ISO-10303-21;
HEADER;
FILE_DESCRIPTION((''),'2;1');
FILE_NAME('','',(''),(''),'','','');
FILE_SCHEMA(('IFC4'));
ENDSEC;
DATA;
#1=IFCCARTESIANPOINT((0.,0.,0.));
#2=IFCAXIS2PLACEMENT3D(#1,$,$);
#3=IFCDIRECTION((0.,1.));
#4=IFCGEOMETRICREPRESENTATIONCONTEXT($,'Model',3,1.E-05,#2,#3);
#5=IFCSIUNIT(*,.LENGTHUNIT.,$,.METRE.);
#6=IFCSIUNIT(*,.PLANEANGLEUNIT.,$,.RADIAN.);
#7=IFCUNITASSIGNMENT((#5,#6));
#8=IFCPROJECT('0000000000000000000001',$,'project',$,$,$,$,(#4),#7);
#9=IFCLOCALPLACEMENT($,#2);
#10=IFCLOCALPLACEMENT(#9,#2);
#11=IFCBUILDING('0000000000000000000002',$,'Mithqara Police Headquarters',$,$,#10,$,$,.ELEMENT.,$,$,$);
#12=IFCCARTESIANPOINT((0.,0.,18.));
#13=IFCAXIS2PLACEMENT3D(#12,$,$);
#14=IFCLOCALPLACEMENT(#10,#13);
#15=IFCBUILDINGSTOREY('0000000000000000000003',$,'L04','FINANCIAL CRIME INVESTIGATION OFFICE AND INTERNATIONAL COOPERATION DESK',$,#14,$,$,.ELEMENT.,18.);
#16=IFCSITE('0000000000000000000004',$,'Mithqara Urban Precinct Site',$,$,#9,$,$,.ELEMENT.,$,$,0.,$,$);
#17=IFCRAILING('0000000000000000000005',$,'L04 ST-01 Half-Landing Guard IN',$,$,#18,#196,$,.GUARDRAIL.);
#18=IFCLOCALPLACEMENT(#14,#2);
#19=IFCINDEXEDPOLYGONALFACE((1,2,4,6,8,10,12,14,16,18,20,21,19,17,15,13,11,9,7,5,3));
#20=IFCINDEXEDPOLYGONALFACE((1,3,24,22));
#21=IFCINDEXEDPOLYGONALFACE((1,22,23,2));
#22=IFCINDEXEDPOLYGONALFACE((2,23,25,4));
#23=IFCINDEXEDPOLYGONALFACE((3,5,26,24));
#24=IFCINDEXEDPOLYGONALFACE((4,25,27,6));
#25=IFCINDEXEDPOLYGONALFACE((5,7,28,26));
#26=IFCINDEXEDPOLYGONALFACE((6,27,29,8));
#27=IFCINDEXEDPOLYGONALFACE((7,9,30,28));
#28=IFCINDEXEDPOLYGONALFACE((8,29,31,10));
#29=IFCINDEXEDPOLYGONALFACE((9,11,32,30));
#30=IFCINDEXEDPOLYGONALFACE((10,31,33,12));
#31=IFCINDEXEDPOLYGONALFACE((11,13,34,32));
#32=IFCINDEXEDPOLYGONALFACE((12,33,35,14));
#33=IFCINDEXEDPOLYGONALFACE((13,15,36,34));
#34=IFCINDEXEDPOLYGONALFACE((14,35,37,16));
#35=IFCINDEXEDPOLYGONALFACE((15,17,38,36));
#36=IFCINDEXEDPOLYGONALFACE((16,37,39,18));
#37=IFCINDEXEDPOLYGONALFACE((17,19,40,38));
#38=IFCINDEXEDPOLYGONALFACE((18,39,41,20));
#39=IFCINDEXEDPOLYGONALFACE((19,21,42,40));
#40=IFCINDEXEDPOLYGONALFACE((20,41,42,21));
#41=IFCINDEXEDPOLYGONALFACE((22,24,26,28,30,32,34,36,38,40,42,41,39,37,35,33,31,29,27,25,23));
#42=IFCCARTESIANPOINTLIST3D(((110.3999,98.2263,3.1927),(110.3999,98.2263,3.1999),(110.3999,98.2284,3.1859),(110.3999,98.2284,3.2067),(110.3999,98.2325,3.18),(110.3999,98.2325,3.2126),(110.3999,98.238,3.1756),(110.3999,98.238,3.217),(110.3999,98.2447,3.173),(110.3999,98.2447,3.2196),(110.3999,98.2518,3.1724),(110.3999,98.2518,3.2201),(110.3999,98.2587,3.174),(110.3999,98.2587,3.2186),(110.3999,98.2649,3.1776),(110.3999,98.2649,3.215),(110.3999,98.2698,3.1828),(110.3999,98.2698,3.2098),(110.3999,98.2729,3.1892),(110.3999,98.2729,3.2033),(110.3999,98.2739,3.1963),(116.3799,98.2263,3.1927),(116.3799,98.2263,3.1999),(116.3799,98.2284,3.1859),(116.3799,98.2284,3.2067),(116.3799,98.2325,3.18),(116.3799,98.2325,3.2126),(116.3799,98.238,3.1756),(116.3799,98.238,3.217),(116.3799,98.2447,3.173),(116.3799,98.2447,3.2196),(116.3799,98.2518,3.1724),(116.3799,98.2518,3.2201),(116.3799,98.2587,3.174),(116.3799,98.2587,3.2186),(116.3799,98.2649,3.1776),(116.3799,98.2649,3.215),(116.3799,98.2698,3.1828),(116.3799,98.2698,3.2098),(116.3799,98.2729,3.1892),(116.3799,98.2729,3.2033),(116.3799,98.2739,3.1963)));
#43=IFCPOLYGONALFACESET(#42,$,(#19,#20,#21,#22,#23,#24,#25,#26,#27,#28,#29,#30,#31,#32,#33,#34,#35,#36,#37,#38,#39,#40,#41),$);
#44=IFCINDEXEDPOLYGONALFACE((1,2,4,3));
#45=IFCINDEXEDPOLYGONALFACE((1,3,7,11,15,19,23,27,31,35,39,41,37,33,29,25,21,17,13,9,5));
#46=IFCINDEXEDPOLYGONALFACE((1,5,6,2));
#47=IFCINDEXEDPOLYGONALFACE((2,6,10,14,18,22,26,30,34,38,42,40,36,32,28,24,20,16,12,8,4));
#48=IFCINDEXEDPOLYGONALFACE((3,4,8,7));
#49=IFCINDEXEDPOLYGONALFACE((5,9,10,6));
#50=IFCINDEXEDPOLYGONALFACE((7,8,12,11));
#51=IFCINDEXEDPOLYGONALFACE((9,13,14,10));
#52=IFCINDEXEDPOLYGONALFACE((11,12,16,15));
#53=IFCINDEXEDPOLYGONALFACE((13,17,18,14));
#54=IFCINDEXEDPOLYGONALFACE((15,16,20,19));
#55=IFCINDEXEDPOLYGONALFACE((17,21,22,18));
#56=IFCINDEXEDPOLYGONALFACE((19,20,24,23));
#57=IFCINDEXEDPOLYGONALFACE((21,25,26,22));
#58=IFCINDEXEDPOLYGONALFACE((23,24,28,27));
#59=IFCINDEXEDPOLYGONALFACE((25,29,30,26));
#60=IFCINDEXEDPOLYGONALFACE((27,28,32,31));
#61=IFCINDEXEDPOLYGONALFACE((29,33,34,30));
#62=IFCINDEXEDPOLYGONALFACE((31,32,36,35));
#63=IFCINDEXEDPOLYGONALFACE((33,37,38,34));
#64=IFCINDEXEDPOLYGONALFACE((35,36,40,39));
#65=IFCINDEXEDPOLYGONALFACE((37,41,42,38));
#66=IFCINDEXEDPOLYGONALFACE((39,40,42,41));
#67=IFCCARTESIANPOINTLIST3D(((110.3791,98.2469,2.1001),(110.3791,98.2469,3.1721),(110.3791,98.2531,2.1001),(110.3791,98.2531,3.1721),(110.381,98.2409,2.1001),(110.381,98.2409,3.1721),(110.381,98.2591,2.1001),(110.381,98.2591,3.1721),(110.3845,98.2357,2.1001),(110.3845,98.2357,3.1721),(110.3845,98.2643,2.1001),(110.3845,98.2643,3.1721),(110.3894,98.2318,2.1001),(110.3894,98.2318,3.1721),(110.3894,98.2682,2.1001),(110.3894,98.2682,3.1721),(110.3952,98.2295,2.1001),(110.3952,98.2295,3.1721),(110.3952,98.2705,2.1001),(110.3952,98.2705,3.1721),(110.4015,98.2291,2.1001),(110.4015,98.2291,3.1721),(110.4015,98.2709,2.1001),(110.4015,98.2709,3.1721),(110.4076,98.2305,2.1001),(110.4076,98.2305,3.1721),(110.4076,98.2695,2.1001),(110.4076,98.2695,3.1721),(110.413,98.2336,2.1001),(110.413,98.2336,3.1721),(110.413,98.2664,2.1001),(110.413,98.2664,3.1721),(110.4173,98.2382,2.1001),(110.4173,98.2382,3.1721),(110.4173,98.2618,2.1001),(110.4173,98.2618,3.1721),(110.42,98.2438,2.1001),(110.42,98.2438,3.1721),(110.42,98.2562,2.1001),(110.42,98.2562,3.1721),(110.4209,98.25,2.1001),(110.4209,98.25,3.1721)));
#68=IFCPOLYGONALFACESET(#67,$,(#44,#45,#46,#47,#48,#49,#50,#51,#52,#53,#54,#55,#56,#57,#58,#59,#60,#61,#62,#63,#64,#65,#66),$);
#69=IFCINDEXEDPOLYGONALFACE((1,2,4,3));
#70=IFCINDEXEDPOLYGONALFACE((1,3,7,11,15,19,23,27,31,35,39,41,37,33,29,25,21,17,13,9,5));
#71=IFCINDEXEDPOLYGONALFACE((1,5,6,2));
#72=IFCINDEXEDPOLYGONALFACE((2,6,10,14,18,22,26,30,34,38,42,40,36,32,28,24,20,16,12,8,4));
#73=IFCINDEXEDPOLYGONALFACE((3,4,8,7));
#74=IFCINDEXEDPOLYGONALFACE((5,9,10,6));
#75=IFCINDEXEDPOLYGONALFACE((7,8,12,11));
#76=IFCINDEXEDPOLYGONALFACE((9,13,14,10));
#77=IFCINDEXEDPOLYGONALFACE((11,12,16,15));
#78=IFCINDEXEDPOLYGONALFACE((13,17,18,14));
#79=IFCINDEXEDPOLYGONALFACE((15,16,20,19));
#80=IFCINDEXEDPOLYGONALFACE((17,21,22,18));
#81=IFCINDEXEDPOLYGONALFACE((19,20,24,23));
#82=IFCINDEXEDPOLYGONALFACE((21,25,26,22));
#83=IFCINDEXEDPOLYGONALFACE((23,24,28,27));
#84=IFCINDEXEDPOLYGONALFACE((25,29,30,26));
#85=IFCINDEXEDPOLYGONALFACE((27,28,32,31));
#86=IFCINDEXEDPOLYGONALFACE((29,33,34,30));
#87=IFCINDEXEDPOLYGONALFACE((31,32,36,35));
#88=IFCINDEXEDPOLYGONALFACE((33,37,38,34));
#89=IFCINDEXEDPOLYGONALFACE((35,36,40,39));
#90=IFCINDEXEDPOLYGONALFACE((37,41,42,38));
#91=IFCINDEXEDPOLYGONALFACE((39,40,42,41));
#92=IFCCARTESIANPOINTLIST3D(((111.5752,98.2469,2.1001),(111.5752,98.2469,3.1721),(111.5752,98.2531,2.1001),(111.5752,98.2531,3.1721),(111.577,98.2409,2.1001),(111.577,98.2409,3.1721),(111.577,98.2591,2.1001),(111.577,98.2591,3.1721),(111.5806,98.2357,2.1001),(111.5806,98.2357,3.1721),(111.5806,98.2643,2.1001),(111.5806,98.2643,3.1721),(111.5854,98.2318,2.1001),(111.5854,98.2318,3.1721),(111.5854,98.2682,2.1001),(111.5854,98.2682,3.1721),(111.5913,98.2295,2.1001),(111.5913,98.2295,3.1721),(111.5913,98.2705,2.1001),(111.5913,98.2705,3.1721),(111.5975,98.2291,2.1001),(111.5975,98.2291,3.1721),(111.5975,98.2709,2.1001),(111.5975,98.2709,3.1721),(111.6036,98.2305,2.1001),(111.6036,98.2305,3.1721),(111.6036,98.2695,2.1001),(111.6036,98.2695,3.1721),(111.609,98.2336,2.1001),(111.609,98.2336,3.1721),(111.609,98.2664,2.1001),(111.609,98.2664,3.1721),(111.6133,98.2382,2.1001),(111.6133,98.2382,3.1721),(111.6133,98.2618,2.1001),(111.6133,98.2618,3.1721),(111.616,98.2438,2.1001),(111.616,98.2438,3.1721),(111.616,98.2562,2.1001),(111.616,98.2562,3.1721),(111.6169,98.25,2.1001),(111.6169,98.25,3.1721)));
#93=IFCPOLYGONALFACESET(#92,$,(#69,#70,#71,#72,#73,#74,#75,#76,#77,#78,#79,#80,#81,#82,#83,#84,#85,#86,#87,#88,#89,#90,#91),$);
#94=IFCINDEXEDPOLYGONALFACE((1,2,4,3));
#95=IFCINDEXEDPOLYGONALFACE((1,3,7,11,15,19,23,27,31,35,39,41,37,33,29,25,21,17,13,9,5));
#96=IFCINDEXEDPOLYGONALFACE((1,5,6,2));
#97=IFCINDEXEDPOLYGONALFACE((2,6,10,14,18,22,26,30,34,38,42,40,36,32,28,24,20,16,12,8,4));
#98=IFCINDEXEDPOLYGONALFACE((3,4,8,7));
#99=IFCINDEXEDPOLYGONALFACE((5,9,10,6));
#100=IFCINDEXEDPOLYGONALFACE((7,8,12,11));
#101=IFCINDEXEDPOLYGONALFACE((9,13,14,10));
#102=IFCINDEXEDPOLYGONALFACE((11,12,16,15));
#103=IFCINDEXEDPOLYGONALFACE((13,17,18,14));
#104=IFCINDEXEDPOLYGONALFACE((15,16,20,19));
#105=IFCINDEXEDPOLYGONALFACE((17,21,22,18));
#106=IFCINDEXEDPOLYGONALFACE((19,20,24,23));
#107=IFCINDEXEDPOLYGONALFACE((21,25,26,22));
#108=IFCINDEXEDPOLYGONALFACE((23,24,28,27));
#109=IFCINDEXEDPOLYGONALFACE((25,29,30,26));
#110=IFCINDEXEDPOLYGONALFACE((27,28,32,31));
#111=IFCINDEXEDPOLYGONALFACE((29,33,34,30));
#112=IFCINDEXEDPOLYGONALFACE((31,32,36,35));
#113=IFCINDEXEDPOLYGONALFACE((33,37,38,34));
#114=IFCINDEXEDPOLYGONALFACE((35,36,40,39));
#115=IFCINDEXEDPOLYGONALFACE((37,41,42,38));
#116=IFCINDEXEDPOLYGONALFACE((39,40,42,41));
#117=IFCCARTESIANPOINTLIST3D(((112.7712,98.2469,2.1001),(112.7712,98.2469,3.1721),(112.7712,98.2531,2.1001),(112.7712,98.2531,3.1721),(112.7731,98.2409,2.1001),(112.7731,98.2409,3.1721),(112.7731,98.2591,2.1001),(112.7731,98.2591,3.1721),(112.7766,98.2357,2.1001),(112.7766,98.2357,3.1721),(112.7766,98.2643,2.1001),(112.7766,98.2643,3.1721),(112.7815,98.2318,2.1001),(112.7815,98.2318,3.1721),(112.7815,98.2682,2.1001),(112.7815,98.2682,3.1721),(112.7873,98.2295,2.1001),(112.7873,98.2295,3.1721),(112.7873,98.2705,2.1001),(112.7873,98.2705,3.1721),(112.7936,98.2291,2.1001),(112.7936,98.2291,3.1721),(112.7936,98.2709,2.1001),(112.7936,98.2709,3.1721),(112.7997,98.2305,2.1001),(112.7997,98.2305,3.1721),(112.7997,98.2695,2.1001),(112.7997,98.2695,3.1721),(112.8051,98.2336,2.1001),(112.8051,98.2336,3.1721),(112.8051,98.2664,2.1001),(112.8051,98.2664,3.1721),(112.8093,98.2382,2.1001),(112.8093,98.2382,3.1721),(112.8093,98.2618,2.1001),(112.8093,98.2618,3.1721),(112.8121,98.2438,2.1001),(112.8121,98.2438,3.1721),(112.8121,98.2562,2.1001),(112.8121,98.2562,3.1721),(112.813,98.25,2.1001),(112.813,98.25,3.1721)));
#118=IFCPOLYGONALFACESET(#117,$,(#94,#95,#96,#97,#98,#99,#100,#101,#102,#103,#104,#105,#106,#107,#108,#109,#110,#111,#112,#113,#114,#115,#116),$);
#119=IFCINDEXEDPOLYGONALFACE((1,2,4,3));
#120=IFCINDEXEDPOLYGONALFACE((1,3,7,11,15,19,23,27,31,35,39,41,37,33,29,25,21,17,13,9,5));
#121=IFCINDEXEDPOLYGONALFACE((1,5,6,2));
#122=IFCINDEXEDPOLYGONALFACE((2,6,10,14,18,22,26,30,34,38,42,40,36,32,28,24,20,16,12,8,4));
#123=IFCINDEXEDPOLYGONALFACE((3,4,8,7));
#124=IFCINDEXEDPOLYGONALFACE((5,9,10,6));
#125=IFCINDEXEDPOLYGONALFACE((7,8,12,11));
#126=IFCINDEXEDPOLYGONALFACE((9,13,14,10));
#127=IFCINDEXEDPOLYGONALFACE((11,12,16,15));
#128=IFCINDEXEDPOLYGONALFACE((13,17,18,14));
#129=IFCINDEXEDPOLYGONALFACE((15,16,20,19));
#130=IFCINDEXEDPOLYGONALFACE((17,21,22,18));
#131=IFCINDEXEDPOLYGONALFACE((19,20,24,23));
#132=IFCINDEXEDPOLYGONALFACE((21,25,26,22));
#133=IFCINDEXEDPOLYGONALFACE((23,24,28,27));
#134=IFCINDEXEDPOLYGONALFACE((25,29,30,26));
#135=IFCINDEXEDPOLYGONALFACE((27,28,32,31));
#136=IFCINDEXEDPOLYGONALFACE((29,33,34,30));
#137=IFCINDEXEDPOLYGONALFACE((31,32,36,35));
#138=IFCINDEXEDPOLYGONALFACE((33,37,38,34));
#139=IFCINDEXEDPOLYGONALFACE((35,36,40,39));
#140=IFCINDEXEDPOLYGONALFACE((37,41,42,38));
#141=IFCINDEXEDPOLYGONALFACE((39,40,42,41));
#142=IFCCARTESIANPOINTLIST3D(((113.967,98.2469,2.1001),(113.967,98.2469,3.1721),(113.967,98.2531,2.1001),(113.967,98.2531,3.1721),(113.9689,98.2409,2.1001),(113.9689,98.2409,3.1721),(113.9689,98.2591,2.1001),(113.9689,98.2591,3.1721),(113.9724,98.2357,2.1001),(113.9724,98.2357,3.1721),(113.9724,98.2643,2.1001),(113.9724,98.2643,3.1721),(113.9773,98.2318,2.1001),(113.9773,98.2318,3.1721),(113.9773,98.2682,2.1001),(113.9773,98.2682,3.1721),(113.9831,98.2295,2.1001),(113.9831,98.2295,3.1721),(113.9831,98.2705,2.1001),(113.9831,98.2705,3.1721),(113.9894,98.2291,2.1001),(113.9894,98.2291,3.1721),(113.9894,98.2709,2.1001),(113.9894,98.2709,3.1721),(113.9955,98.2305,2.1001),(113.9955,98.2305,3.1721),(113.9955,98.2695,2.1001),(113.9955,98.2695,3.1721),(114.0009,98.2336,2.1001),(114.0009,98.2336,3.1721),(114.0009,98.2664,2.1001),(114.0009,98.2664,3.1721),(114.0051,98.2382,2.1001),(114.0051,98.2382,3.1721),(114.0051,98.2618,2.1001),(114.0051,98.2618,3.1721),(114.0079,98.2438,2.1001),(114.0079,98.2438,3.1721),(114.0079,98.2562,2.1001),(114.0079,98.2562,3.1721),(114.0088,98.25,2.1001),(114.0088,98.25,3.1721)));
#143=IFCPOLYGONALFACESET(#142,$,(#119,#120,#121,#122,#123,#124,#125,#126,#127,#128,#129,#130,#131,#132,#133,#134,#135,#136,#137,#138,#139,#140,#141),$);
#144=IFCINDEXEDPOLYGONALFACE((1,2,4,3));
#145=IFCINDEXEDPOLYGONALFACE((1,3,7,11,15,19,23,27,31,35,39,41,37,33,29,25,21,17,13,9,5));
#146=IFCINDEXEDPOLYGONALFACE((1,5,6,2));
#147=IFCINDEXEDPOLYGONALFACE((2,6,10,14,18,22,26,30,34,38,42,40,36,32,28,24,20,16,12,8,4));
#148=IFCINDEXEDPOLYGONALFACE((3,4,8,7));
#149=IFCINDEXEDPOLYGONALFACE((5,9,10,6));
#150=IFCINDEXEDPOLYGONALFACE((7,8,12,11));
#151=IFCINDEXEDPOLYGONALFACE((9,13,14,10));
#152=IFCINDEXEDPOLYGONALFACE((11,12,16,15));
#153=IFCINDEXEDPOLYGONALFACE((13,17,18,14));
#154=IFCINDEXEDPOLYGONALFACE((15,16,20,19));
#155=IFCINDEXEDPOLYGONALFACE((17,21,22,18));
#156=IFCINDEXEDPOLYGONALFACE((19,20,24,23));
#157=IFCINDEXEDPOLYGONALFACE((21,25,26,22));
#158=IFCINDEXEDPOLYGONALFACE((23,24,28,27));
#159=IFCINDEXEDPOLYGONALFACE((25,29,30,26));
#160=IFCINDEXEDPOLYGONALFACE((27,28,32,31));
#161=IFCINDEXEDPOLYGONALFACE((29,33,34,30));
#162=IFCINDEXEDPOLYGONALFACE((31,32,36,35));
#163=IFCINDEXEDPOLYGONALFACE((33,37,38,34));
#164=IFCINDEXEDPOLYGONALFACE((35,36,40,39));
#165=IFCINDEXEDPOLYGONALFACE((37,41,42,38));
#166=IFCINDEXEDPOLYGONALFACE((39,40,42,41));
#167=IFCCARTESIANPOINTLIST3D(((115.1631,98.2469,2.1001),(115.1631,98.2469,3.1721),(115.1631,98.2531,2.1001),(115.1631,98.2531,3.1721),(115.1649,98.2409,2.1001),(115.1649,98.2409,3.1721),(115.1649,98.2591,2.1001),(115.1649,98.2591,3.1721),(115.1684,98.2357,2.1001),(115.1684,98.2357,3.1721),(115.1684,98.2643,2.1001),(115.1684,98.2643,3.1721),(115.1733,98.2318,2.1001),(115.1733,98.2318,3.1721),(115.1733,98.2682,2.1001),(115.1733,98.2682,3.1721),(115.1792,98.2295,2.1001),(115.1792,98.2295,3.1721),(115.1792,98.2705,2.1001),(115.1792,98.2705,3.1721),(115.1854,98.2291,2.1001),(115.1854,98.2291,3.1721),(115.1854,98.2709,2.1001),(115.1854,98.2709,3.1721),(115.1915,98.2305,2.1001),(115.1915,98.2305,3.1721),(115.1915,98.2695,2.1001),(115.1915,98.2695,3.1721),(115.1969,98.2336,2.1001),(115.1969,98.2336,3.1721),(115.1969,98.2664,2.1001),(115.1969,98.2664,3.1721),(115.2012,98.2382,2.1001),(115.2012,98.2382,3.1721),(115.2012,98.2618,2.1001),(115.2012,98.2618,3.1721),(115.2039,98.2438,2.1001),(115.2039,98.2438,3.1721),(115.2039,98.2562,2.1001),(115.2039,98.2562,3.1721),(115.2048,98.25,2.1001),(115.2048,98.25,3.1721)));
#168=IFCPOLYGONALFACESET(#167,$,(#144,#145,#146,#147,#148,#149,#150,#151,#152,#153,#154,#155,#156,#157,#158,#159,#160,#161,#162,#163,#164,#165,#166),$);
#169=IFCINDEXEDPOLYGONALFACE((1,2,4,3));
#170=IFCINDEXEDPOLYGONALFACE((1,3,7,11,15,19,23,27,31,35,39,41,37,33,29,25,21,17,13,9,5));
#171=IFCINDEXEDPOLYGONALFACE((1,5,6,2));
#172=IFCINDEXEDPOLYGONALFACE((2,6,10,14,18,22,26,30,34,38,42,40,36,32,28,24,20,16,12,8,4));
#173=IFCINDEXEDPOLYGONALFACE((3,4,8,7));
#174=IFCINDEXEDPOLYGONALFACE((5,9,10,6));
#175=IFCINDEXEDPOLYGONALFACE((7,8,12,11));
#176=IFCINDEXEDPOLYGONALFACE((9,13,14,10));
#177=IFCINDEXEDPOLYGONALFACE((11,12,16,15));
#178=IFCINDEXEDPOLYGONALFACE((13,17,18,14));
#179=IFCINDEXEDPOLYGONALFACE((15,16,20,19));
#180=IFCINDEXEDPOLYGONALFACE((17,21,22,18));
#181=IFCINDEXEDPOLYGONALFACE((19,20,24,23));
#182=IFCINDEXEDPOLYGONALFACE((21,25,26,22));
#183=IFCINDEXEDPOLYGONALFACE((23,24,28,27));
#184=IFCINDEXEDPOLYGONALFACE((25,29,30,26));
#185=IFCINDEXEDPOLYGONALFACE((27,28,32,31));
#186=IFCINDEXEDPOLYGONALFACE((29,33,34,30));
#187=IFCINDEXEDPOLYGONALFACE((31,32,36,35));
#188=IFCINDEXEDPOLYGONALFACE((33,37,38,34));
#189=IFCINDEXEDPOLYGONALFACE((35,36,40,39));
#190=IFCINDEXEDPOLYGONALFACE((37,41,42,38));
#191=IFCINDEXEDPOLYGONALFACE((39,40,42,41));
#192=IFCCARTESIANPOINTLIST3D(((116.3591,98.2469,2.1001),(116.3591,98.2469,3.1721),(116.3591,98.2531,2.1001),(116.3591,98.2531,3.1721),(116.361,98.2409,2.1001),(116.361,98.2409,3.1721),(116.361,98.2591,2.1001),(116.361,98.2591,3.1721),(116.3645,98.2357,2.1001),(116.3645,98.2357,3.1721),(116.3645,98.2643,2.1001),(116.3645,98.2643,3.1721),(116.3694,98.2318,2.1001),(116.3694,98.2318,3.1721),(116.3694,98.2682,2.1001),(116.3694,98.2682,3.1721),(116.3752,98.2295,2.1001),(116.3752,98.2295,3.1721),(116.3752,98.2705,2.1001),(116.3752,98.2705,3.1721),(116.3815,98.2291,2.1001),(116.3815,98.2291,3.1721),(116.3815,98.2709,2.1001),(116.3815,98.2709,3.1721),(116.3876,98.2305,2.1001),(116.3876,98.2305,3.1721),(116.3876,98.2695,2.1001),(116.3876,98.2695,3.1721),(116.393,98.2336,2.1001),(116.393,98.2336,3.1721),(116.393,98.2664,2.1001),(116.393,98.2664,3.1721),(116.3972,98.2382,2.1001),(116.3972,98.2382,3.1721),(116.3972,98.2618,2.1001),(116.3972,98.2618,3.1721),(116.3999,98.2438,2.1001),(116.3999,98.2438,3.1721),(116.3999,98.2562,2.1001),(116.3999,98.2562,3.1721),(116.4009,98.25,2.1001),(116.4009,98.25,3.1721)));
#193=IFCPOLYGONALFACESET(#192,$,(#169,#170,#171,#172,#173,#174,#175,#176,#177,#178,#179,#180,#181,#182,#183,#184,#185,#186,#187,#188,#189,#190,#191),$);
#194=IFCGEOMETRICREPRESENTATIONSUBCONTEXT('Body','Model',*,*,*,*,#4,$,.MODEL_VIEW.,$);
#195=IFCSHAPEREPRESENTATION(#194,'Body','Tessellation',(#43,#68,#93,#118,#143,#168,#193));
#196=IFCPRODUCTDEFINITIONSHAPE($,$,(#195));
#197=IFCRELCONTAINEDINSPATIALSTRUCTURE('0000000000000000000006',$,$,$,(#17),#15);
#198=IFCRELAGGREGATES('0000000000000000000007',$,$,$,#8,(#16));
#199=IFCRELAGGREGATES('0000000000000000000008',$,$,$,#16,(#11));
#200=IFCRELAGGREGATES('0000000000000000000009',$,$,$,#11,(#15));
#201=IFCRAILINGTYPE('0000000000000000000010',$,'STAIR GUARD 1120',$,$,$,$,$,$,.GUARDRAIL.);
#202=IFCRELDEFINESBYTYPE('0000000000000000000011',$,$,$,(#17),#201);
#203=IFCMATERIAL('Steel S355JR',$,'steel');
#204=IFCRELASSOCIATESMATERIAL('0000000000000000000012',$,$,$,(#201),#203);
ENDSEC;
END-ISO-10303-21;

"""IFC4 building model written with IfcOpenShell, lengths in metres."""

from ifc_helpers import new_model, si_unit, direction, frame, origin, origin_2d, place, context, subcontext, project, spatial, circle, extrude, material, type_object, element, save


model = new_model("IFC4")

# Units and contexts
model_context = context("Model", 3, precision=1e-05, world=origin(), true_north=direction((0.0, 1.0)))
body_context = subcontext(model_context, "Body", "Model", "MODEL_VIEW")
ifc_project = project(units=[si_unit("LENGTHUNIT", "METRE"), si_unit("PLANEANGLEUNIT", "RADIAN")], contexts=[model_context])

# Site, building, storey
site_placement = place(None, origin())
site = spatial("IfcSite", under=ifc_project, at=site_placement, Name="Mithqara Urban Precinct Site", CompositionType="ELEMENT", RefElevation=0.0)
building_placement = place(site_placement, origin())
building = spatial("IfcBuilding", under=site, at=building_placement, Name="Mithqara Police Headquarters", CompositionType="ELEMENT")
storey_placement = place(building_placement, frame((0.0, 0.0, 18.0)))
storey = spatial("IfcBuildingStorey", under=building, at=storey_placement, Name="L04", Description="FINANCIAL CRIME INVESTIGATION OFFICE AND INTERNATIONAL COOPERATION DESK", CompositionType="ELEMENT", Elevation=18.0)

# Shared definitions
ifc_material_1 = material(Name="Steel S355JR", Category="steel")

# Railing
railing_type_1 = type_object("IfcRailingType", Name="STAIR GUARD 1120", PredefinedType="GUARDRAIL", material=ifc_material_1)
for number, where, name in (
    (1, (110.3999, 98.25, 2.1001), "L04 ST-01 Half-Landing Guard IN"),
):
    element("IfcRailing", number, at=place(storey_placement, frame(where)), inside=storey, type_object=railing_type_1, Name=name, PredefinedType="GUARDRAIL", context=body_context, shape_type="SweptSolid", body=[
        extrude(circle(Radius=0.0239, at=origin_2d()), frame((0.0, 0.0, 1.0962), z_axis=(1.0, 0.0, 0.0), x_axis=(0.0, 1.0, 0.0)), (0.0, 0.0, 1.0), 5.98),
        extrude(circle(Radius=0.021, at=origin_2d()), origin(), (0.0, 0.0, 1.0), 1.072),
        extrude(circle(Radius=0.021, at=origin_2d()), frame((1.196, 0.0, 0.0)), (0.0, 0.0, 1.0), 1.072),
        extrude(circle(Radius=0.021, at=origin_2d()), frame((2.3921, 0.0, 0.0)), (0.0, 0.0, 1.0), 1.072),
        extrude(circle(Radius=0.021, at=origin_2d()), frame((3.5879, 0.0, 0.0)), (0.0, 0.0, 1.0), 1.072),
        extrude(circle(Radius=0.021, at=origin_2d()), frame((4.7839, 0.0, 0.0)), (0.0, 0.0, 1.0), 1.072),
        extrude(circle(Radius=0.021, at=origin_2d()), frame((5.98, 0.0, 0.0)), (0.0, 0.0, 1.0), 1.072),
    ])

save(model, "model.ifc")
